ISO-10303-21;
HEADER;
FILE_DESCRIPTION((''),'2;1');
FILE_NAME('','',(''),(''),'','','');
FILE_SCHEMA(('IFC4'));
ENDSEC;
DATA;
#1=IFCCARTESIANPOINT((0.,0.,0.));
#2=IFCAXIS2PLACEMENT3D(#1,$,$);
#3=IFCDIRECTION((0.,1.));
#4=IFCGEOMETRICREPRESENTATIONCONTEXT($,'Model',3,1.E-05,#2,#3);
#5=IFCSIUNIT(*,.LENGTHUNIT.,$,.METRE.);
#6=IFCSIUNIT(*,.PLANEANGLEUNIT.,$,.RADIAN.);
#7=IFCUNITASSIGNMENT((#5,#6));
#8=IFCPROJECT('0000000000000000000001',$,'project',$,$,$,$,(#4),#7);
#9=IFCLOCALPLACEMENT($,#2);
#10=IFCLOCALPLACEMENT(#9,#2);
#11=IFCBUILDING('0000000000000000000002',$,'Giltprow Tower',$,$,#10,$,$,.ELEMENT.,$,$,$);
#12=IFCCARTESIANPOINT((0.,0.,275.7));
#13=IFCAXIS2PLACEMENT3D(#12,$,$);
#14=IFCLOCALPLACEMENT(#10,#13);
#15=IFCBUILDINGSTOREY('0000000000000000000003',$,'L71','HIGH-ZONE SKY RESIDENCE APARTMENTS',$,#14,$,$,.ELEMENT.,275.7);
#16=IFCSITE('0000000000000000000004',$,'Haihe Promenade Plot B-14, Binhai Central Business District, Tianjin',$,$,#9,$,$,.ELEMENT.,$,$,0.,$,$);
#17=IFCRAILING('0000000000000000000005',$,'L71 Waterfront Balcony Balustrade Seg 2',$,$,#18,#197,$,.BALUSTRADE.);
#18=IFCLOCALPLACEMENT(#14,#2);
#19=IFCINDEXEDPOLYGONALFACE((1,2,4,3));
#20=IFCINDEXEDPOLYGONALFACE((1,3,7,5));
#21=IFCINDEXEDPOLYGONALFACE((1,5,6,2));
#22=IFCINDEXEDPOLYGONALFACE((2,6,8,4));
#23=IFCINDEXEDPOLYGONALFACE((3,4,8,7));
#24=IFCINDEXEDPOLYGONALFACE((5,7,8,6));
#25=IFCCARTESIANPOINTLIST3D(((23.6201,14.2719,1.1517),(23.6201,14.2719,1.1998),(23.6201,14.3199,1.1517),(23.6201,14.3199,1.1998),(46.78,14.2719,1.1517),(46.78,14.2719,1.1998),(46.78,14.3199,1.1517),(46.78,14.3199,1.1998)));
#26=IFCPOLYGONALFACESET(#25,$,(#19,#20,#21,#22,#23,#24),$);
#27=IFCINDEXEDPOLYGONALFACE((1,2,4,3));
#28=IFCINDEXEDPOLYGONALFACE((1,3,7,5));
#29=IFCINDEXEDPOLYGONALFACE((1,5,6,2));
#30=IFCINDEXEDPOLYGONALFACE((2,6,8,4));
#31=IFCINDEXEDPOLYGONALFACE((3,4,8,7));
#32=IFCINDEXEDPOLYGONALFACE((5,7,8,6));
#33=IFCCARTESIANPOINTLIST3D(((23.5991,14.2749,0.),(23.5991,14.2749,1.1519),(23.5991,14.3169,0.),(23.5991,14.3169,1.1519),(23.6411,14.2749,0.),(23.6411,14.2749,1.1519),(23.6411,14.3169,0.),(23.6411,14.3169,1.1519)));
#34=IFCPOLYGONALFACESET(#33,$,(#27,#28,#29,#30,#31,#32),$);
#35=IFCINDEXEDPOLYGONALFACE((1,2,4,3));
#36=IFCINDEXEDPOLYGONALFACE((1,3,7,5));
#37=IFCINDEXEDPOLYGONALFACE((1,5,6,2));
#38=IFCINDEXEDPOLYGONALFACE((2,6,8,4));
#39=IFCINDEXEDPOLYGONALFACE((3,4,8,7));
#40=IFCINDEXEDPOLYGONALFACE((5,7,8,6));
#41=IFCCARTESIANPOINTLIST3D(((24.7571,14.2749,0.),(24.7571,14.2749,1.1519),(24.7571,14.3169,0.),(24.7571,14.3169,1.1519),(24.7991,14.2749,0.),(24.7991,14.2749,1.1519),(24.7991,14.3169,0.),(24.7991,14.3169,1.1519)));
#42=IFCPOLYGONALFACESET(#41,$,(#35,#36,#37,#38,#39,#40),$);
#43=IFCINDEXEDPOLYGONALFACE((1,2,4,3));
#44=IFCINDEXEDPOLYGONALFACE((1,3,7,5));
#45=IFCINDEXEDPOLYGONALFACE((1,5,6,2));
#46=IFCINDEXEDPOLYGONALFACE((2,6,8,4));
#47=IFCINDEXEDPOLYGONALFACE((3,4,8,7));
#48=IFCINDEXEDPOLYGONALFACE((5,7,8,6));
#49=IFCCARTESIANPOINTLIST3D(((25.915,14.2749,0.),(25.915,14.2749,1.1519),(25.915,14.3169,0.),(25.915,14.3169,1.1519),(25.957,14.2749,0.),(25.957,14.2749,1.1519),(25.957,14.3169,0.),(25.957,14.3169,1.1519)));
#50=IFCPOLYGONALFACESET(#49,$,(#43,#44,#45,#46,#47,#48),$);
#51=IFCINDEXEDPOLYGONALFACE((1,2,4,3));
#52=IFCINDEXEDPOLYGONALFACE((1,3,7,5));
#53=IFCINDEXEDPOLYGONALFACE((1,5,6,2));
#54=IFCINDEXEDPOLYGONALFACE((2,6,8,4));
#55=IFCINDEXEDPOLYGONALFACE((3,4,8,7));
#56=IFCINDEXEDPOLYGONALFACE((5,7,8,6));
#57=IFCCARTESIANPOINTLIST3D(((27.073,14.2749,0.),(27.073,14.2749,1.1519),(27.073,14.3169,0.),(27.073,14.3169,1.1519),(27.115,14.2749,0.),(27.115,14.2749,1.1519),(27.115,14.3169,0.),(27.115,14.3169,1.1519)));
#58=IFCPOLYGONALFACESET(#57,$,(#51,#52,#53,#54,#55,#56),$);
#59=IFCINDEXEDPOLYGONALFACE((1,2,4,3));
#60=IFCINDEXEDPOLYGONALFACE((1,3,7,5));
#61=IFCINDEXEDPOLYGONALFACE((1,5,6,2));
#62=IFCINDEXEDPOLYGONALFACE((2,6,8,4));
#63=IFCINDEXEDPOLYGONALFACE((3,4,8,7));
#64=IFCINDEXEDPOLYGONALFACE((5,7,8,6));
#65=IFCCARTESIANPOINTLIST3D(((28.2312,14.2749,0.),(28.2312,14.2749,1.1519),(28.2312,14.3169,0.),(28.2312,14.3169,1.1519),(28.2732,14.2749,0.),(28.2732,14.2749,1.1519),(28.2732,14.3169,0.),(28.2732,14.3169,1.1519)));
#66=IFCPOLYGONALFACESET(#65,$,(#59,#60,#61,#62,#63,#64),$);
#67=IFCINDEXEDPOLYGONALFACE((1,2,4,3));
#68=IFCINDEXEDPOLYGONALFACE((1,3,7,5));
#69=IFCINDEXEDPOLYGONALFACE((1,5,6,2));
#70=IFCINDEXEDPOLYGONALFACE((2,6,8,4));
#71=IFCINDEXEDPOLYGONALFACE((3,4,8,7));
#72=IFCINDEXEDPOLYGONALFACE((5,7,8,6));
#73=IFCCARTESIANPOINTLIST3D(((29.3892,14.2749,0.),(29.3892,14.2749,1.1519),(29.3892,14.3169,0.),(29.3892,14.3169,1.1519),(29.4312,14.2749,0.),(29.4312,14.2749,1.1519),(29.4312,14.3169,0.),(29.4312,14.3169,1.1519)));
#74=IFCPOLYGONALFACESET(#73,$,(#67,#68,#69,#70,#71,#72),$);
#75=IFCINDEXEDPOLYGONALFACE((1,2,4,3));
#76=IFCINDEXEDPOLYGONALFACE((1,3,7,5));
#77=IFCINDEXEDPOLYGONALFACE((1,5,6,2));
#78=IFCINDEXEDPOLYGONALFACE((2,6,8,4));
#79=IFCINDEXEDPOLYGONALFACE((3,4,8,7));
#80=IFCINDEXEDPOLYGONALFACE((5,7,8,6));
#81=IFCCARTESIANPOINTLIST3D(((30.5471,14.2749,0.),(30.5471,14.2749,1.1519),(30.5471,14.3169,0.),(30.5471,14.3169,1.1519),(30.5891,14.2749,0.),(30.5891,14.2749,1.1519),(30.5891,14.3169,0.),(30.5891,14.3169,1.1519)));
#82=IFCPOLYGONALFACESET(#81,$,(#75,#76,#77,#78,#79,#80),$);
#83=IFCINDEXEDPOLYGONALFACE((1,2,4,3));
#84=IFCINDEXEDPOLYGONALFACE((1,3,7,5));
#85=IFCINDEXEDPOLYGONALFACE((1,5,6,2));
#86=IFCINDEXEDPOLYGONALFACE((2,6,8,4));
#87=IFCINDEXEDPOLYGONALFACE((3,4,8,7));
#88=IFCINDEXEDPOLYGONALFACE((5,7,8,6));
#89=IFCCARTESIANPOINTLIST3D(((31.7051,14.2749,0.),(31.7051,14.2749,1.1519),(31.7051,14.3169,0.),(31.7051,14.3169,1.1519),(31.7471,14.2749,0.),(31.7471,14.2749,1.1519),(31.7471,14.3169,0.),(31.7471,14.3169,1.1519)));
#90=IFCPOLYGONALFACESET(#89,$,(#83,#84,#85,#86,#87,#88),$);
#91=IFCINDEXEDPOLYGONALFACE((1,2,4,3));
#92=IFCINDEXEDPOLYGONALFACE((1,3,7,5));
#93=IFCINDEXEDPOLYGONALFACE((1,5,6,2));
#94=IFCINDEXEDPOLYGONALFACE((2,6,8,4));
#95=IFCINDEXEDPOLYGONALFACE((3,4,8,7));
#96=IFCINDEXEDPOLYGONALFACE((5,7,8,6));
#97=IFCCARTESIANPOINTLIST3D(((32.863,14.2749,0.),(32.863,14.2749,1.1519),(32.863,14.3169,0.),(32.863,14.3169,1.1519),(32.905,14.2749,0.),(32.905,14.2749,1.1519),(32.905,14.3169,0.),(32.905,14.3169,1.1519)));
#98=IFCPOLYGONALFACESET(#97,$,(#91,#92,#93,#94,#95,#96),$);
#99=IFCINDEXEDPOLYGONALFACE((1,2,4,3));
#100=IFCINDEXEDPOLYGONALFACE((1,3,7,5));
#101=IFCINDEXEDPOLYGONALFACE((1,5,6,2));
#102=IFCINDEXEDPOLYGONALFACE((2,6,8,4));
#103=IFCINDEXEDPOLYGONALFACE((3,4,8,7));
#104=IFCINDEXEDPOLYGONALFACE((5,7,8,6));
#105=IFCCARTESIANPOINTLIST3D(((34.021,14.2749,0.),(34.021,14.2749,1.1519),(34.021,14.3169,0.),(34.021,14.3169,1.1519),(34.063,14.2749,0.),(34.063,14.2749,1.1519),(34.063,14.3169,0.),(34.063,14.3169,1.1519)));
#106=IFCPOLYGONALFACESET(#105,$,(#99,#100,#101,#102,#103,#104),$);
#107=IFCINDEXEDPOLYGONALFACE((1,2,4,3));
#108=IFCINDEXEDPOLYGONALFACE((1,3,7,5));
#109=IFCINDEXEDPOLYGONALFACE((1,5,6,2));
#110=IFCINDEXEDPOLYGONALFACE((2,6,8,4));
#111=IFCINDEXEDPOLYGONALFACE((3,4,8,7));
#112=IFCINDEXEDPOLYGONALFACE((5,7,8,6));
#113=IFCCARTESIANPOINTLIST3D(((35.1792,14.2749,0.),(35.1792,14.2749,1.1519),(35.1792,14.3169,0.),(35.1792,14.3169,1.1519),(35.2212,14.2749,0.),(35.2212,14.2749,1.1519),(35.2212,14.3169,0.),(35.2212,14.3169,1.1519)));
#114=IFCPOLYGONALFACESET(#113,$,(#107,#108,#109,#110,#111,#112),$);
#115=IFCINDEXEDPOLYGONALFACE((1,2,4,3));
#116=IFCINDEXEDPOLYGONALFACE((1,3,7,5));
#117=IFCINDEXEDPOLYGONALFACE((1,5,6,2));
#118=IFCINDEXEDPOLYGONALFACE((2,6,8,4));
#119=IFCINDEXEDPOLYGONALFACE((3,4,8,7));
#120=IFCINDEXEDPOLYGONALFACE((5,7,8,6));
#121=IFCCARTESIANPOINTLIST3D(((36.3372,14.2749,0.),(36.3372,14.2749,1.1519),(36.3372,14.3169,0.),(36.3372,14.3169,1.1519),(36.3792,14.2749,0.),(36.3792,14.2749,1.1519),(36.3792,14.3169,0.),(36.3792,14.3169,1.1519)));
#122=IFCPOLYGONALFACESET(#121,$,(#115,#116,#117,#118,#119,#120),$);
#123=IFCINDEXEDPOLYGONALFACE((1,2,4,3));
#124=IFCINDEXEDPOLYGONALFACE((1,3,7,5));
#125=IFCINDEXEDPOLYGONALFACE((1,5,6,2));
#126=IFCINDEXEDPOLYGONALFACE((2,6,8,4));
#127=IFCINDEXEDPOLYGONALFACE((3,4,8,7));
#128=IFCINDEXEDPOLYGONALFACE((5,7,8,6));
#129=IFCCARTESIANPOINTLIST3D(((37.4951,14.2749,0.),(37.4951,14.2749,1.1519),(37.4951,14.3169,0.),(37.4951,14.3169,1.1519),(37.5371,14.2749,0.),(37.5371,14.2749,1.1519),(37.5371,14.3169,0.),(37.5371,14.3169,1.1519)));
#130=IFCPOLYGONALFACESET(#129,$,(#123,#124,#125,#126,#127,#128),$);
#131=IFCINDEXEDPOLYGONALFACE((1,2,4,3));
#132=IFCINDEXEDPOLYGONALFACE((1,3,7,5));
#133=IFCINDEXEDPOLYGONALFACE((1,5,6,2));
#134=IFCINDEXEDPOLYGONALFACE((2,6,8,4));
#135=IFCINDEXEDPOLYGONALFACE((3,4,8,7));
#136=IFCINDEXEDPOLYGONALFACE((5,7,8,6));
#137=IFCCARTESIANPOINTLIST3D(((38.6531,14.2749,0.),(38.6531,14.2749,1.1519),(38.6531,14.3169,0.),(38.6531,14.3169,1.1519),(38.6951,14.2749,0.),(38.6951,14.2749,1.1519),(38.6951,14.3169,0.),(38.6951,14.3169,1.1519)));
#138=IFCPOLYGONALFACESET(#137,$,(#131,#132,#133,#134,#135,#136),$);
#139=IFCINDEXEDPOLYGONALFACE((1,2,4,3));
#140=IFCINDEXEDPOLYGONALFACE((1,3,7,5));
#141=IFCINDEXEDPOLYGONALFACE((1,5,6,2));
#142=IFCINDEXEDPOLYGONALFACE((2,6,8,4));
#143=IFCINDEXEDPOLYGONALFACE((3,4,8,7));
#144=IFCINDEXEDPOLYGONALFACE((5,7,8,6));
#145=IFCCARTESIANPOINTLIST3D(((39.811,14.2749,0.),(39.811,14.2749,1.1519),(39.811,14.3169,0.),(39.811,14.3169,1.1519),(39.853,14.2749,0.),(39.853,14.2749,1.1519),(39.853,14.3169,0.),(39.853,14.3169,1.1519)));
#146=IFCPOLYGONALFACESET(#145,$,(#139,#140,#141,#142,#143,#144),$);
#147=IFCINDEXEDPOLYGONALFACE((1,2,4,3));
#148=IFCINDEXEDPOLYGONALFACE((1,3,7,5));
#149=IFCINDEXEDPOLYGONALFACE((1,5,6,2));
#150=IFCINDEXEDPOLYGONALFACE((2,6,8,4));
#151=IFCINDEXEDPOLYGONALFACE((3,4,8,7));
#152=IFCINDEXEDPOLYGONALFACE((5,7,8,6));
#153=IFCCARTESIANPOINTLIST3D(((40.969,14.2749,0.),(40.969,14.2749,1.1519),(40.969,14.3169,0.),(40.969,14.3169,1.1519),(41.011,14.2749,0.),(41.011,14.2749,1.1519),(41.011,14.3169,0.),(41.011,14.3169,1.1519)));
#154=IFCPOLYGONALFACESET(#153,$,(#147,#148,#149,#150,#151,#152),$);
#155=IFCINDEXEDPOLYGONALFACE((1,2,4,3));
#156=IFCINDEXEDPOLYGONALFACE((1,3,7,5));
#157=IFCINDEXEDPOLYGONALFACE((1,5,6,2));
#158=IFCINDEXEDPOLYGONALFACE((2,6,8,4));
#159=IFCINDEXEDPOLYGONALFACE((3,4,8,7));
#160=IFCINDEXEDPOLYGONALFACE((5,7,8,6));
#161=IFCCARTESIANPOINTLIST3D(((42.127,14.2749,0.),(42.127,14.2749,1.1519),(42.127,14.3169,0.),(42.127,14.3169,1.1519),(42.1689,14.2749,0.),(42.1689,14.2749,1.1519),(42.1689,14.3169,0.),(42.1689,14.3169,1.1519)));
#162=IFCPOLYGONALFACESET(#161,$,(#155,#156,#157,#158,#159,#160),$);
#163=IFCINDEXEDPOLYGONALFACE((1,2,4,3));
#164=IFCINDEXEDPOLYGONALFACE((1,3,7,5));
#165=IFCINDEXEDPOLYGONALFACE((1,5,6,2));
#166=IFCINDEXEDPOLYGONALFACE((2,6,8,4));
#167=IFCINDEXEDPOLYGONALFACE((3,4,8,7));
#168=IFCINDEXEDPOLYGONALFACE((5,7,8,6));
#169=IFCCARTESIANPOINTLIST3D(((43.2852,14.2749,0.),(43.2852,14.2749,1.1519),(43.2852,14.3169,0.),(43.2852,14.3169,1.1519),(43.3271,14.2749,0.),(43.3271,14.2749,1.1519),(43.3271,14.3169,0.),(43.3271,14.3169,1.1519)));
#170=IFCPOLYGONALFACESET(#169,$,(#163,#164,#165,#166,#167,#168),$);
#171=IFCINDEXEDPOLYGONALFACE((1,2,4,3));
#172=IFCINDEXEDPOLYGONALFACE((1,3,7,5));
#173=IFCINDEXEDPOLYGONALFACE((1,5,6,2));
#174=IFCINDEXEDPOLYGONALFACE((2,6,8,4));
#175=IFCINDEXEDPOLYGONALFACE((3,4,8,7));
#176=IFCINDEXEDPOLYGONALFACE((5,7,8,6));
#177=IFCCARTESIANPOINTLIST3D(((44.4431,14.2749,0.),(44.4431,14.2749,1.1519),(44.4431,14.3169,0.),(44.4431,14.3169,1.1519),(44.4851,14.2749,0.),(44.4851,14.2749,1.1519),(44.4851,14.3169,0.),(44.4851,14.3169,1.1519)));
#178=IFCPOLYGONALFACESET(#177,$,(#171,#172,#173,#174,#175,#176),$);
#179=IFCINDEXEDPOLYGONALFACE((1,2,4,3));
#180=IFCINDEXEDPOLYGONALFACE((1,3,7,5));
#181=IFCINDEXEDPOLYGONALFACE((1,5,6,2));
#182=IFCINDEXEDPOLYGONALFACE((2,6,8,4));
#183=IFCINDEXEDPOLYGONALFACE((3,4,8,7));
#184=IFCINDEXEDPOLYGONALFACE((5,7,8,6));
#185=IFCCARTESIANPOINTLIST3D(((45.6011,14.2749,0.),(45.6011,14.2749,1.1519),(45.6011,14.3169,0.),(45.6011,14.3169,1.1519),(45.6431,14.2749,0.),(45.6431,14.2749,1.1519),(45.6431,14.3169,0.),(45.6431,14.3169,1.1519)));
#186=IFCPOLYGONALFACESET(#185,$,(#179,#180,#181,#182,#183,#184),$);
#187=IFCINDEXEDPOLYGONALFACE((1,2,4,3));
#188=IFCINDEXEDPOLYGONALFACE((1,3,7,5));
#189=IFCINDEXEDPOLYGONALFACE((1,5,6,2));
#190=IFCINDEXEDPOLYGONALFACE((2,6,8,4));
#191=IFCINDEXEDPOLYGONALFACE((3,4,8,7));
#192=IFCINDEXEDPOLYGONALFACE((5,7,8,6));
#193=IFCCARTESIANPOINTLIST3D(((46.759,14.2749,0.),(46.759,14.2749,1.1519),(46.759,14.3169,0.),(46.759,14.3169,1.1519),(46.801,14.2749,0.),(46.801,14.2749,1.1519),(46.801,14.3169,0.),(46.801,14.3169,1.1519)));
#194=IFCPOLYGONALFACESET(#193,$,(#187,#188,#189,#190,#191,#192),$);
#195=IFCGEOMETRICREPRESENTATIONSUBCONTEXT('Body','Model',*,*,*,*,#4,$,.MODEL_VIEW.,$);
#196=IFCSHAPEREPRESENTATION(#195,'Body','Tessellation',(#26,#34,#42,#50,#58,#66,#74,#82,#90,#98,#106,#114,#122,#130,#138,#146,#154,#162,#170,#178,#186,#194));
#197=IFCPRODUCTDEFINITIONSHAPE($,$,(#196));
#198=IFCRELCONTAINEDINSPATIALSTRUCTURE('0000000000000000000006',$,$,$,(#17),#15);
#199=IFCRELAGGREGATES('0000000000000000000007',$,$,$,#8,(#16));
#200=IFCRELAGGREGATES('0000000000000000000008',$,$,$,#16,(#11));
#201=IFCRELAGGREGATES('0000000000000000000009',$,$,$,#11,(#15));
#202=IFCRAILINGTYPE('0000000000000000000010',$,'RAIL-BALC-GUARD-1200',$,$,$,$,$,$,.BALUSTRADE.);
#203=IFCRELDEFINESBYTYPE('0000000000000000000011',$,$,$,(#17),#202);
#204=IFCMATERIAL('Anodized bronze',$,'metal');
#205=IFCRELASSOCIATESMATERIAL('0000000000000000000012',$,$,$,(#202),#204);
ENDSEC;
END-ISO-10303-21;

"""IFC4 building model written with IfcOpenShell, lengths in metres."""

from ifc_helpers import new_model, si_unit, direction, frame, origin, origin_2d, place, context, subcontext, project, spatial, rectangle, extrude, material, type_object, element, save


model = new_model("IFC4")

# Units and contexts
model_context = context("Model", 3, precision=1e-05, world=origin(), true_north=direction((0.0, 1.0)))
body_context = subcontext(model_context, "Body", "Model", "MODEL_VIEW")
ifc_project = project(units=[si_unit("LENGTHUNIT", "METRE"), si_unit("PLANEANGLEUNIT", "RADIAN")], contexts=[model_context])

# Site, building, storey
site_placement = place(None, origin())
site = spatial("IfcSite", under=ifc_project, at=site_placement, Name="Haihe Promenade Plot B-14, Binhai Central Business District, Tianjin", CompositionType="ELEMENT", RefElevation=0.0)
building_placement = place(site_placement, origin())
building = spatial("IfcBuilding", under=site, at=building_placement, Name="Giltprow Tower", CompositionType="ELEMENT")
storey_placement = place(building_placement, frame((0.0, 0.0, 275.7)))
storey = spatial("IfcBuildingStorey", under=building, at=storey_placement, Name="L71", Description="HIGH-ZONE SKY RESIDENCE APARTMENTS", CompositionType="ELEMENT", Elevation=275.7)

# Railing
ifc_material_1 = material(Name="Anodized bronze", Category="metal")
railing_type = type_object("IfcRailingType", Name="RAIL-BALC-GUARD-1200", PredefinedType="BALUSTRADE", material=ifc_material_1)
railing_1_placement = place(storey_placement, frame((23.6201, 14.2959, 0.0)))
element("IfcRailing", 1, at=railing_1_placement, inside=storey, type_object=railing_type, Name="L71 Waterfront Balcony Balustrade Seg 2", PredefinedType="BALUSTRADE", context=body_context, shape_type="SweptSolid", body=[
    extrude(rectangle(XDim=0.0481, YDim=0.0481, at=origin_2d()), frame((0.0, 0.0, 1.1758), z_axis=(1.0, 0.0, 0.0), x_axis=(0.0, 1.0, 0.0)), (0.0, 0.0, 1.0), 23.1599),
    extrude(rectangle(XDim=0.042, YDim=0.042, at=origin_2d()), origin(), (0.0, 0.0, 1.0), 1.1519),
    extrude(rectangle(XDim=0.042, YDim=0.042, at=origin_2d()), frame((1.158, 0.0, 0.0)), (0.0, 0.0, 1.0), 1.1519),
    extrude(rectangle(XDim=0.042, YDim=0.042, at=origin_2d()), frame((2.3159, 0.0, 0.0)), (0.0, 0.0, 1.0), 1.1519),
    extrude(rectangle(XDim=0.042, YDim=0.042, at=origin_2d()), frame((3.4739, 0.0, 0.0)), (0.0, 0.0, 1.0), 1.1519),
    extrude(rectangle(XDim=0.042, YDim=0.042, at=origin_2d()), frame((4.6321, 0.0, 0.0)), (0.0, 0.0, 1.0), 1.1519),
    extrude(rectangle(XDim=0.042, YDim=0.042, at=origin_2d()), frame((5.79, 0.0, 0.0)), (0.0, 0.0, 1.0), 1.1519),
    extrude(rectangle(XDim=0.042, YDim=0.042, at=origin_2d()), frame((6.948, 0.0, 0.0)), (0.0, 0.0, 1.0), 1.1519),
    extrude(rectangle(XDim=0.042, YDim=0.042, at=origin_2d()), frame((8.106, 0.0, 0.0)), (0.0, 0.0, 1.0), 1.1519),
    extrude(rectangle(XDim=0.042, YDim=0.042, at=origin_2d()), frame((9.2639, 0.0, 0.0)), (0.0, 0.0, 1.0), 1.1519),
    extrude(rectangle(XDim=0.042, YDim=0.042, at=origin_2d()), frame((10.4219, 0.0, 0.0)), (0.0, 0.0, 1.0), 1.1519),
    extrude(rectangle(XDim=0.042, YDim=0.042, at=origin_2d()), frame((11.5801, 0.0, 0.0)), (0.0, 0.0, 1.0), 1.1519),
    extrude(rectangle(XDim=0.042, YDim=0.042, at=origin_2d()), frame((12.738, 0.0, 0.0)), (0.0, 0.0, 1.0), 1.1519),
    extrude(rectangle(XDim=0.042, YDim=0.042, at=origin_2d()), frame((13.896, 0.0, 0.0)), (0.0, 0.0, 1.0), 1.1519),
    extrude(rectangle(XDim=0.042, YDim=0.042, at=origin_2d()), frame((15.054, 0.0, 0.0)), (0.0, 0.0, 1.0), 1.1519),
    extrude(rectangle(XDim=0.042, YDim=0.042, at=origin_2d()), frame((16.2119, 0.0, 0.0)), (0.0, 0.0, 1.0), 1.1519),
    extrude(rectangle(XDim=0.042, YDim=0.042, at=origin_2d()), frame((17.3699, 0.0, 0.0)), (0.0, 0.0, 1.0), 1.1519),
    extrude(rectangle(XDim=0.042, YDim=0.042, at=origin_2d()), frame((18.5278, 0.0, 0.0)), (0.0, 0.0, 1.0), 1.1519),
    extrude(rectangle(XDim=0.042, YDim=0.042, at=origin_2d()), frame((19.686, 0.0, 0.0)), (0.0, 0.0, 1.0), 1.1519),
    extrude(rectangle(XDim=0.042, YDim=0.042, at=origin_2d()), frame((20.844, 0.0, 0.0)), (0.0, 0.0, 1.0), 1.1519),
    extrude(rectangle(XDim=0.042, YDim=0.042, at=origin_2d()), frame((22.002, 0.0, 0.0)), (0.0, 0.0, 1.0), 1.1519),
    extrude(rectangle(XDim=0.042, YDim=0.042, at=origin_2d()), frame((23.1599, 0.0, 0.0)), (0.0, 0.0, 1.0), 1.1519),
])

save(model, "model.ifc")
